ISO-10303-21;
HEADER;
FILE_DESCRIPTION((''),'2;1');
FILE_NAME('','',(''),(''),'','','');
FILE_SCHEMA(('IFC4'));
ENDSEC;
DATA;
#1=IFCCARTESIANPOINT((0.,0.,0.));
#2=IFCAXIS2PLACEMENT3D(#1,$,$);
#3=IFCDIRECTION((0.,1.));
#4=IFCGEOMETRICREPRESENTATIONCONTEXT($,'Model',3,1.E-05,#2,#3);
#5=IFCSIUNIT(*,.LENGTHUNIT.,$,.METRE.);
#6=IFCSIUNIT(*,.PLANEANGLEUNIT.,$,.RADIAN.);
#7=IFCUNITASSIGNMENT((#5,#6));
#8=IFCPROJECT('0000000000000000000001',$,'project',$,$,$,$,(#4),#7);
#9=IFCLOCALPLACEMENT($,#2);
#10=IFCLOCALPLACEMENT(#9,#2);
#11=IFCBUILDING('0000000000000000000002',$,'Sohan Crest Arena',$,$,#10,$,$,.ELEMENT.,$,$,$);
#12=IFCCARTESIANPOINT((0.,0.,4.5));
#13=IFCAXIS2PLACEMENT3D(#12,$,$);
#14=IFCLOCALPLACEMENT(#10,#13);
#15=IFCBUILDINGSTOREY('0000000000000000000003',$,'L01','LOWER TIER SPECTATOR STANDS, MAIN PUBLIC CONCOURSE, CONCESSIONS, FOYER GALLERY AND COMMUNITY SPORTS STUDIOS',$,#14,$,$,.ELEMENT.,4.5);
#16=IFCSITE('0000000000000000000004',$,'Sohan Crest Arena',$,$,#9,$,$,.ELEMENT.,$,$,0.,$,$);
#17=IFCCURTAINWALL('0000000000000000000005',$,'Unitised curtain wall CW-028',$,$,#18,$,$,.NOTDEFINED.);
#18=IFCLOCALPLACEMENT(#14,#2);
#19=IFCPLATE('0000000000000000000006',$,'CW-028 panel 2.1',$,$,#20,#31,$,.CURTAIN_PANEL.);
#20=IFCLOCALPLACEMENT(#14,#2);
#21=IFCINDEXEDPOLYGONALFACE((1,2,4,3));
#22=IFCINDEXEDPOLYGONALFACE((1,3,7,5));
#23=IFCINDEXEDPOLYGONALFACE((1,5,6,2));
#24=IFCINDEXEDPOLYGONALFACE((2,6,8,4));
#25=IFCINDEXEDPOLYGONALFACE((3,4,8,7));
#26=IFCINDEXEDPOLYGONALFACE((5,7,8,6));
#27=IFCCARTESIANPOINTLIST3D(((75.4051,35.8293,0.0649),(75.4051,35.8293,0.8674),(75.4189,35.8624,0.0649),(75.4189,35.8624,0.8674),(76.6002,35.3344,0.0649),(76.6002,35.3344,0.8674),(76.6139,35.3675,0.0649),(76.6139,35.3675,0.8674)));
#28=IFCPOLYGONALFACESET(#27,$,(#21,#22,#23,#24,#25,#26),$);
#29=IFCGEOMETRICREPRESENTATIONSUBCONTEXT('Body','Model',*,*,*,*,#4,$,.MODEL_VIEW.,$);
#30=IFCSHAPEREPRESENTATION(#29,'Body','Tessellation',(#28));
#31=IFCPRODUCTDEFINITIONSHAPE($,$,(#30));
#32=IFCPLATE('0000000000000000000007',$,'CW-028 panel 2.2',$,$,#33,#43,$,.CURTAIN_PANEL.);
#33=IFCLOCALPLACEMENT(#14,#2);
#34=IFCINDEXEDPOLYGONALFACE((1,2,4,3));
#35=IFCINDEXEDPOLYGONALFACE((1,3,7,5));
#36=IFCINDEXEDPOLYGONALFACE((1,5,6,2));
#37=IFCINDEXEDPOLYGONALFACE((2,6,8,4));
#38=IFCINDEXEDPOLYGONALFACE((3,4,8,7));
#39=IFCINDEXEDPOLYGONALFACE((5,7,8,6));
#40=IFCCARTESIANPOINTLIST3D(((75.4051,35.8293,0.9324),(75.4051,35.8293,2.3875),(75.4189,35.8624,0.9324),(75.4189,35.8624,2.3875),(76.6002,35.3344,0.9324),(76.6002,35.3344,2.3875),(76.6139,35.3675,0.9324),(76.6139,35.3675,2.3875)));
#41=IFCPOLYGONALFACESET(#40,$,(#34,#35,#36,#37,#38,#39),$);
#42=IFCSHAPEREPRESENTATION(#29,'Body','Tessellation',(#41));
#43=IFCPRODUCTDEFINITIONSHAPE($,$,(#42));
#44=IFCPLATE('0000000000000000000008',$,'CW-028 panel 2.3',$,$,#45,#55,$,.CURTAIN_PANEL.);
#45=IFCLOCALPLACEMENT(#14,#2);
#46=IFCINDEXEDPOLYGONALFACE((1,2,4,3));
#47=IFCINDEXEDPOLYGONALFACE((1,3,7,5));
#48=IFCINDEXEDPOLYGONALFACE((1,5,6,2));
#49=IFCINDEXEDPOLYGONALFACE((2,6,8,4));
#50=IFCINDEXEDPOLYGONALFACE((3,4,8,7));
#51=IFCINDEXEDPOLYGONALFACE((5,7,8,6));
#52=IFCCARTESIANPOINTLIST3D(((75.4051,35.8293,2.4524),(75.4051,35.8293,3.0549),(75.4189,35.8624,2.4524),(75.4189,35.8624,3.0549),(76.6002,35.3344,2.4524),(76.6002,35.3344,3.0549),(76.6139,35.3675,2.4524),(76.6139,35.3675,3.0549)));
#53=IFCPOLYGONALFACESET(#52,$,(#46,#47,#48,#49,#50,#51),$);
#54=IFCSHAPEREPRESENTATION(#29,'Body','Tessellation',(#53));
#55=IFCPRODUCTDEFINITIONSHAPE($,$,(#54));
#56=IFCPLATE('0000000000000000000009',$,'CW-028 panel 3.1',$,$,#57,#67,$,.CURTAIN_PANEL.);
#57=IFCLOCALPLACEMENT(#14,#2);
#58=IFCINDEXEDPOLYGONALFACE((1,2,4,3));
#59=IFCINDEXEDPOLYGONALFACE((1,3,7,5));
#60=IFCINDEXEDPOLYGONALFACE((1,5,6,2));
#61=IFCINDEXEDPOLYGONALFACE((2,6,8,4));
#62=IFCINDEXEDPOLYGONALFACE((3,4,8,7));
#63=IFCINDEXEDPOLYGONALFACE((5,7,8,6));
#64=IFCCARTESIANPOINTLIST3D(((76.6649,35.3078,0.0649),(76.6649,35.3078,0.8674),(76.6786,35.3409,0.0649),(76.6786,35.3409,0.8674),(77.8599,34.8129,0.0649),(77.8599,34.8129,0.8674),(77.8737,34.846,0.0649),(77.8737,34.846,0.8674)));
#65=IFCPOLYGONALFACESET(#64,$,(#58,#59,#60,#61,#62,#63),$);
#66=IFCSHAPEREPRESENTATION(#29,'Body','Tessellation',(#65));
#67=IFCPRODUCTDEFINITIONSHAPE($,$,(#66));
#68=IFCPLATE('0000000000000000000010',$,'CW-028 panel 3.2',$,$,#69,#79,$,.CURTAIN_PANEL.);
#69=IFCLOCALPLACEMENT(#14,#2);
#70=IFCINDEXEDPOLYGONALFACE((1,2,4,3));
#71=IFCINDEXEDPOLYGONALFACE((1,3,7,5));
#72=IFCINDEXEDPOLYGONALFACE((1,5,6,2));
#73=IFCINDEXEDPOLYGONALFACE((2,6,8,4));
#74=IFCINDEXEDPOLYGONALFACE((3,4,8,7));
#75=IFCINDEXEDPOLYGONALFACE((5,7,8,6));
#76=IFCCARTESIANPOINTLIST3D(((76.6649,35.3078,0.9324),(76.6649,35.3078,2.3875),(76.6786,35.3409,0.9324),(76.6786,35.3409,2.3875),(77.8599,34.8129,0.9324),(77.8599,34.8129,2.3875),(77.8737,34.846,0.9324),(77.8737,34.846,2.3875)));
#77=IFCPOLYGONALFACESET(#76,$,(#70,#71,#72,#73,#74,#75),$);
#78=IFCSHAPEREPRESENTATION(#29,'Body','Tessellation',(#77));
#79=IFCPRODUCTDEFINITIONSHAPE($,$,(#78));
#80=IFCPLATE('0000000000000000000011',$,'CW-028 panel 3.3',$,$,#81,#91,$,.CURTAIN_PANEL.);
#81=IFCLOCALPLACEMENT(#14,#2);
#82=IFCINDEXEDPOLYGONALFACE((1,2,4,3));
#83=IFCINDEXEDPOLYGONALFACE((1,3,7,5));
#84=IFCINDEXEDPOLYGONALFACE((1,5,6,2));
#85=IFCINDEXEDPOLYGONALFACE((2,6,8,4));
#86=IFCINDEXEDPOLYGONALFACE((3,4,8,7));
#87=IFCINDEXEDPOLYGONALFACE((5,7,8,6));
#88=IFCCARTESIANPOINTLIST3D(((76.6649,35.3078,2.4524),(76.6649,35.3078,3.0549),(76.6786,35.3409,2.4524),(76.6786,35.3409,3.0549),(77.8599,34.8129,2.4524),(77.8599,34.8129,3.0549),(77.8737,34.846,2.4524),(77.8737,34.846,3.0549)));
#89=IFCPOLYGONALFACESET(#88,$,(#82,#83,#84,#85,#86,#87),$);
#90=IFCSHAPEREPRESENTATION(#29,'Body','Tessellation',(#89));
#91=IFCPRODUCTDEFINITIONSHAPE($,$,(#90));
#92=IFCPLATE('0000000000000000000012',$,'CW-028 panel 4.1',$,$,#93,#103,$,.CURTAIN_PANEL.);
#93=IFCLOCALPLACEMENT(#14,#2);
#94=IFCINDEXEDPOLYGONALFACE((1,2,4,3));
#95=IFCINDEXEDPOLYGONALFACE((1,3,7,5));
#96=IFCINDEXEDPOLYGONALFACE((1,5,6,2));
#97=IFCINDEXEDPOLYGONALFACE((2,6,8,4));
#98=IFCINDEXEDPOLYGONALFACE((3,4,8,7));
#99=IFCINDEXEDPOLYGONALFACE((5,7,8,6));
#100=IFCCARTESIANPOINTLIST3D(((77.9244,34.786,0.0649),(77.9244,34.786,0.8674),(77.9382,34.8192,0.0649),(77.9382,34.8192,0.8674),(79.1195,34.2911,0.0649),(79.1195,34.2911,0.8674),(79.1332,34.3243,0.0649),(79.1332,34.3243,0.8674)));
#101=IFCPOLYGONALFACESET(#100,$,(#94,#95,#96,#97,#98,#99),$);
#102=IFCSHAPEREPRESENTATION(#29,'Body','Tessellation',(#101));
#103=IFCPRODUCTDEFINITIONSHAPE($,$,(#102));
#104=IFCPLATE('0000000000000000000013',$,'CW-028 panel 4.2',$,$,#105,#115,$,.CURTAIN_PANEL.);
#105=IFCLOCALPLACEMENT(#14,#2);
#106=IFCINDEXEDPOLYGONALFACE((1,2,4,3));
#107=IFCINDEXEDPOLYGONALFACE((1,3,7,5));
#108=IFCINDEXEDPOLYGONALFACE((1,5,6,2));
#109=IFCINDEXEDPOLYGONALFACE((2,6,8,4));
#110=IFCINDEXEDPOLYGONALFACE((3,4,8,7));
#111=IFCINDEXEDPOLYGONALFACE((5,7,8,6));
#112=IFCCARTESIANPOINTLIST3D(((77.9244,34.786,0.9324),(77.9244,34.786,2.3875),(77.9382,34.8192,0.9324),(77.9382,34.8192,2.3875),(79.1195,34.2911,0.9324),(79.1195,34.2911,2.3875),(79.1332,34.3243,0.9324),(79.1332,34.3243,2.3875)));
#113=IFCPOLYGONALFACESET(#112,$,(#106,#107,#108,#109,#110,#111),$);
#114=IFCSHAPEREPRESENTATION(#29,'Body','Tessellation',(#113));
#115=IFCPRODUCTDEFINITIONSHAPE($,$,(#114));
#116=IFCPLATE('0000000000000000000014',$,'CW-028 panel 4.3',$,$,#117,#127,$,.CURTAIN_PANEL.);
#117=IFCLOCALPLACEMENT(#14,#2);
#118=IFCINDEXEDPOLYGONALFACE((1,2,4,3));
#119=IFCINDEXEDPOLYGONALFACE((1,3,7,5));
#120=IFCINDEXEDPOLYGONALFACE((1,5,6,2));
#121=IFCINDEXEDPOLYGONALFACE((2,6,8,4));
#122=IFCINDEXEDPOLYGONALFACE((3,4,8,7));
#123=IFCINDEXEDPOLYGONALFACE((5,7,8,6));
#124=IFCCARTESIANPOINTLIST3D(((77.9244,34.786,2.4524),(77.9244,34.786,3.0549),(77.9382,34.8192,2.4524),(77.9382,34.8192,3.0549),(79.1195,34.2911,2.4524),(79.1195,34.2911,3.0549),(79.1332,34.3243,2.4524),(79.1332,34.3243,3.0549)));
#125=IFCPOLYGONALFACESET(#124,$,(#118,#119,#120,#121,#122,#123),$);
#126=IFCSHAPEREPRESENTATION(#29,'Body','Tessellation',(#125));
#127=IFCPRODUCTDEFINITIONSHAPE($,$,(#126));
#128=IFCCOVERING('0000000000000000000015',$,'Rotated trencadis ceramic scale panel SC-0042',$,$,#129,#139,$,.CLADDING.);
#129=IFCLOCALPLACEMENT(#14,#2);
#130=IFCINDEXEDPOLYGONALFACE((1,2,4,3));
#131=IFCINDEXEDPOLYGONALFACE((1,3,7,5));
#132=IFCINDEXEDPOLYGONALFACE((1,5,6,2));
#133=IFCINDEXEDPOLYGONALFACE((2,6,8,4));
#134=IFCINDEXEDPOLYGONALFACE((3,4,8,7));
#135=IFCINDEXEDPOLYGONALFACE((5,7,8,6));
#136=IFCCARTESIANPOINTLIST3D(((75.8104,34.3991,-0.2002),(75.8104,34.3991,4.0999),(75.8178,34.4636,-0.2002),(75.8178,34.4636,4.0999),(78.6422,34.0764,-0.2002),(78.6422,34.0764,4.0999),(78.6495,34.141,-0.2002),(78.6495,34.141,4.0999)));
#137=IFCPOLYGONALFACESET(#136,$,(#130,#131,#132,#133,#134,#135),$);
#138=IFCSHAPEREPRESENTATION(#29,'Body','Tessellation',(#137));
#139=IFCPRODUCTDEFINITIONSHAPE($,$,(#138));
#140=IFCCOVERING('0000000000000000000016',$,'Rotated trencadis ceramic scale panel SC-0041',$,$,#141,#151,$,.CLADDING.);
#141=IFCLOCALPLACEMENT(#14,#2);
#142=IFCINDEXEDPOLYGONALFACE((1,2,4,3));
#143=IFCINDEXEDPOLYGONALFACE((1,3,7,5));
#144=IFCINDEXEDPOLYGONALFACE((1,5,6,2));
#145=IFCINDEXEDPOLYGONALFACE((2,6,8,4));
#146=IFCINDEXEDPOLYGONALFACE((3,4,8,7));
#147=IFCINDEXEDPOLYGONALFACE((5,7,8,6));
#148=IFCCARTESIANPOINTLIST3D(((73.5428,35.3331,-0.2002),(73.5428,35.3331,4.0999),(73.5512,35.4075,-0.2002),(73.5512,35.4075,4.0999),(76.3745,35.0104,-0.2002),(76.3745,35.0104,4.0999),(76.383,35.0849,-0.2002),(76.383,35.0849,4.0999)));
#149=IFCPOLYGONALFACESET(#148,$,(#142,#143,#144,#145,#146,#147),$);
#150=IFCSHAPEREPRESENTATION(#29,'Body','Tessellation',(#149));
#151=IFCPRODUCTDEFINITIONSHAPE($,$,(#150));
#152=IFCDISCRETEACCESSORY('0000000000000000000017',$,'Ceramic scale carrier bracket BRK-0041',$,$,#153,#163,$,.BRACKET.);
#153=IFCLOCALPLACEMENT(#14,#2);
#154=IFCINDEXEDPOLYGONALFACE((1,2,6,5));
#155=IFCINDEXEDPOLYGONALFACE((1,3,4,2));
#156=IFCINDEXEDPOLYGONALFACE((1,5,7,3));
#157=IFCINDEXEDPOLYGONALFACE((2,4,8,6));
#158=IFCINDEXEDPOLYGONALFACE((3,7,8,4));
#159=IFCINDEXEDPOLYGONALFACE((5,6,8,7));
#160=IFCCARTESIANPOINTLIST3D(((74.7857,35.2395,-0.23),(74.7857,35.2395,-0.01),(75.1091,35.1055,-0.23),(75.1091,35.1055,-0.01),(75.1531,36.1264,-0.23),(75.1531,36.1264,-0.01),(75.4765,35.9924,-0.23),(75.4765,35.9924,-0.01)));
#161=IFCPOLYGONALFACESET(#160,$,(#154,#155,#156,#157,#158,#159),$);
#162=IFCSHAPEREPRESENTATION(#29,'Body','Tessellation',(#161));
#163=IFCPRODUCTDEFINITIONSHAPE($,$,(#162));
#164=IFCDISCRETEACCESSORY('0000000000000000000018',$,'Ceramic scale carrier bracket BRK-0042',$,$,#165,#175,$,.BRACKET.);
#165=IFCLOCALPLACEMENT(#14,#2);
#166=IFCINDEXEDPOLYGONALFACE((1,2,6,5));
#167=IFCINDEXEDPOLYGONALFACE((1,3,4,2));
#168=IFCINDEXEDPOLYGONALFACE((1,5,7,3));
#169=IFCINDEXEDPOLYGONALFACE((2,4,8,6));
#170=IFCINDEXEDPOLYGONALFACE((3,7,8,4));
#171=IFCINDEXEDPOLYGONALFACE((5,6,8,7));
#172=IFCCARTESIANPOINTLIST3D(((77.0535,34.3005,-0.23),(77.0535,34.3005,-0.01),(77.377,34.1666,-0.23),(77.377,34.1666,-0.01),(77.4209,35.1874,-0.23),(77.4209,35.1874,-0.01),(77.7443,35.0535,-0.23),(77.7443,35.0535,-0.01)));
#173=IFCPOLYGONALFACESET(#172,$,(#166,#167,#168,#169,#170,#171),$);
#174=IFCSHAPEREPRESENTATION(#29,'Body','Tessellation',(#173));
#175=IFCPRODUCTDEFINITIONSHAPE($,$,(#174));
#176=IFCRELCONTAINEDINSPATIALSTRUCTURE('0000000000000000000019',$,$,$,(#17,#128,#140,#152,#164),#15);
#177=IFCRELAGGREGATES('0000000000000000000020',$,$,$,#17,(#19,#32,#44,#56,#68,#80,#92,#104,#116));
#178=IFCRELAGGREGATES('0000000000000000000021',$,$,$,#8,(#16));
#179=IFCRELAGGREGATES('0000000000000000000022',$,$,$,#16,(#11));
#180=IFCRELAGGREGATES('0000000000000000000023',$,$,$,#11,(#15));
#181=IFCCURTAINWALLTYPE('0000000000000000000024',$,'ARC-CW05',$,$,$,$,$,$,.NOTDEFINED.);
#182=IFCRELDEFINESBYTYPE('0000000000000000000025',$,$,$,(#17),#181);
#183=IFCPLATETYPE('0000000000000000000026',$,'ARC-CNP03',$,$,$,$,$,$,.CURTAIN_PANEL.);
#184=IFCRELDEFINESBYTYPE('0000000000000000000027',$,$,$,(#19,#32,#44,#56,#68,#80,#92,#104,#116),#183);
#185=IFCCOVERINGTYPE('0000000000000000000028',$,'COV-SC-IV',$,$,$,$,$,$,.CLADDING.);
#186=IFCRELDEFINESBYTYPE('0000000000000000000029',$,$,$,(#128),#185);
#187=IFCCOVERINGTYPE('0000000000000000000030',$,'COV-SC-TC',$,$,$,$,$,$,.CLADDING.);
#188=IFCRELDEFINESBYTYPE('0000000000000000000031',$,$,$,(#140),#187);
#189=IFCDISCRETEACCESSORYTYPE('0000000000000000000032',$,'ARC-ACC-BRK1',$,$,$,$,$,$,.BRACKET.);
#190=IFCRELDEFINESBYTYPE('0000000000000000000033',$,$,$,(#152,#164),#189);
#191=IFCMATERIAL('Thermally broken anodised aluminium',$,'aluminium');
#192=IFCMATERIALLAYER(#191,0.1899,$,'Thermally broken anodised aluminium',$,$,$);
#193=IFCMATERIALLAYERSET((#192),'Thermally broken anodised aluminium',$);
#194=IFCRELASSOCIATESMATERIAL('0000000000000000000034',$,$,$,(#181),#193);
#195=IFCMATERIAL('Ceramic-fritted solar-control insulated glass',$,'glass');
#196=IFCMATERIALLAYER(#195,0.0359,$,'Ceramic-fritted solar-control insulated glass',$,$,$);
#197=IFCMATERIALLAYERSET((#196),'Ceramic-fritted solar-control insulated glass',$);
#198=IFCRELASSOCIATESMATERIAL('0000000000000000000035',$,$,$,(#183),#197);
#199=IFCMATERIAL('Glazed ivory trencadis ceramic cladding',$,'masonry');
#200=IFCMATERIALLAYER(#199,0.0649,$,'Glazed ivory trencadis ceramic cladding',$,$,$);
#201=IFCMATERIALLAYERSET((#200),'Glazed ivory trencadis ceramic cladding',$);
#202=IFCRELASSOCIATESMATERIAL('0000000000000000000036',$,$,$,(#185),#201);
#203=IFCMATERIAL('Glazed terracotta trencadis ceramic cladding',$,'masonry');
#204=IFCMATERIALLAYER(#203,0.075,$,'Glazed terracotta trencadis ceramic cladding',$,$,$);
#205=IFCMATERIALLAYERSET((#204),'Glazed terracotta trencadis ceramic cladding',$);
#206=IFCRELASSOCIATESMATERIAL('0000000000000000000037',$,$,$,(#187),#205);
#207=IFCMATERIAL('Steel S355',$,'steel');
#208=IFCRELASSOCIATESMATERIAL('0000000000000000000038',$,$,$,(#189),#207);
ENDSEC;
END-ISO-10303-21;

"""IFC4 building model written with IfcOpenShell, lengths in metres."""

from ifc_helpers import new_model, si_unit, direction, frame, origin, origin_2d, place, context, subcontext, project, spatial, rectangle, extrude, material, layer, layer_set, type_object, element, aggregate, save


model = new_model("IFC4")

# Units and contexts
model_context = context("Model", 3, precision=1e-05, world=origin(), true_north=direction((0.0, 1.0)))
body_context = subcontext(model_context, "Body", "Model", "MODEL_VIEW")
ifc_project = project(units=[si_unit("LENGTHUNIT", "METRE"), si_unit("PLANEANGLEUNIT", "RADIAN")], contexts=[model_context])

# Site, building, storey
site_placement = place(None, origin())
site = spatial("IfcSite", under=ifc_project, at=site_placement, Name="Sohan Crest Arena", CompositionType="ELEMENT", RefElevation=0.0)
building_placement = place(site_placement, origin())
building = spatial("IfcBuilding", under=site, at=building_placement, Name="Sohan Crest Arena", CompositionType="ELEMENT")
storey_placement = place(building_placement, frame((0.0, 0.0, 4.5)))
storey = spatial("IfcBuildingStorey", under=building, at=storey_placement, Name="L01", Description="LOWER TIER SPECTATOR STANDS, MAIN PUBLIC CONCOURSE, CONCESSIONS, FOYER GALLERY AND COMMUNITY SPORTS STUDIOS", CompositionType="ELEMENT", Elevation=4.5)

# Curtain wall
ifc_material_1 = material(Name="Thermally broken anodised aluminium", Category="aluminium")
ifc_layer_1 = layer(ifc_material_1, 0.1899, Name="Thermally broken anodised aluminium")
ifc_layer_set_1 = layer_set([ifc_layer_1], Name="Thermally broken anodised aluminium")
curtain_wall_type = type_object("IfcCurtainWallType", Name="ARC-CW05", PredefinedType="NOTDEFINED", material=ifc_layer_set_1)
curtain_wall_placement = place(storey_placement, origin())
curtain_wall = element("IfcCurtainWall", 1, at=curtain_wall_placement, inside=storey, type_object=curtain_wall_type, Name="Unitised curtain wall CW-028", PredefinedType="NOTDEFINED")

# Shared definitions
ifc_material_2 = material(Name="Steel S355", Category="steel")

# Plates
ifc_material_3 = material(Name="Ceramic-fritted solar-control insulated glass", Category="glass")
ifc_layer_2 = layer(ifc_material_3, 0.0359, Name="Ceramic-fritted solar-control insulated glass")
ifc_layer_set_2 = layer_set([ifc_layer_2], Name="Ceramic-fritted solar-control insulated glass")
plate_type = type_object("IfcPlateType", Name="ARC-CNP03", PredefinedType="CURTAIN_PANEL", material=ifc_layer_set_2)
plate_1_placement = place(storey_placement, frame((76.0095, 35.5984, 0.0649), z_axis=(0.0, 0.0, 1.0), x_axis=(0.923907, -0.382618, 0.0)))
plate_1 = element("IfcPlate", 2, at=plate_1_placement, type_object=plate_type, Name="CW-028 panel 2.1", PredefinedType="CURTAIN_PANEL", context=body_context, shape_type="SweptSolid", body=[
    extrude(rectangle(XDim=1.2935, YDim=0.0359, at=origin_2d()), origin(), (0.0, 0.0, 1.0), 0.8025),
])
plate_2_placement = place(storey_placement, frame((76.0095, 35.5984, 0.9324), z_axis=(0.0, 0.0, 1.0), x_axis=(0.923907, -0.382618, 0.0)))
plate_2 = element("IfcPlate", 3, at=plate_2_placement, type_object=plate_type, Name="CW-028 panel 2.2", PredefinedType="CURTAIN_PANEL", context=body_context, shape_type="SweptSolid", body=[
    extrude(rectangle(XDim=1.2935, YDim=0.0359, at=origin_2d()), origin(), (0.0, 0.0, 1.0), 1.4551),
])
plate_3_placement = place(storey_placement, frame((76.0095, 35.5984, 2.4524), z_axis=(0.0, 0.0, 1.0), x_axis=(0.923907, -0.382618, 0.0)))
plate_3 = element("IfcPlate", 4, at=plate_3_placement, type_object=plate_type, Name="CW-028 panel 2.3", PredefinedType="CURTAIN_PANEL", context=body_context, shape_type="SweptSolid", body=[
    extrude(rectangle(XDim=1.2935, YDim=0.0359, at=origin_2d()), origin(), (0.0, 0.0, 1.0), 0.6025),
])
plate_4_placement = place(storey_placement, frame((77.2693, 35.0769, 0.0649), z_axis=(0.0, 0.0, 1.0), x_axis=(0.923907, -0.382618, 0.0)))
plate_4 = element("IfcPlate", 5, at=plate_4_placement, type_object=plate_type, Name="CW-028 panel 3.1", PredefinedType="CURTAIN_PANEL", context=body_context, shape_type="SweptSolid", body=[
    extrude(rectangle(XDim=1.2935, YDim=0.0359, at=origin_2d()), origin(), (0.0, 0.0, 1.0), 0.8025),
])
plate_5_placement = place(storey_placement, frame((77.2693, 35.0769, 0.9324), z_axis=(0.0, 0.0, 1.0), x_axis=(0.923907, -0.382618, 0.0)))
plate_5 = element("IfcPlate", 6, at=plate_5_placement, type_object=plate_type, Name="CW-028 panel 3.2", PredefinedType="CURTAIN_PANEL", context=body_context, shape_type="SweptSolid", body=[
    extrude(rectangle(XDim=1.2935, YDim=0.0359, at=origin_2d()), origin(), (0.0, 0.0, 1.0), 1.4551),
])
plate_6_placement = place(storey_placement, frame((77.2693, 35.0769, 2.4524), z_axis=(0.0, 0.0, 1.0), x_axis=(0.923907, -0.382618, 0.0)))
plate_6 = element("IfcPlate", 7, at=plate_6_placement, type_object=plate_type, Name="CW-028 panel 3.3", PredefinedType="CURTAIN_PANEL", context=body_context, shape_type="SweptSolid", body=[
    extrude(rectangle(XDim=1.2935, YDim=0.0359, at=origin_2d()), origin(), (0.0, 0.0, 1.0), 0.6025),
])
plate_7_placement = place(storey_placement, frame((78.5288, 34.5552, 0.0649), z_axis=(0.0, 0.0, 1.0), x_axis=(0.923907, -0.382618, 0.0)))
plate_7 = element("IfcPlate", 8, at=plate_7_placement, type_object=plate_type, Name="CW-028 panel 4.1", PredefinedType="CURTAIN_PANEL", context=body_context, shape_type="SweptSolid", body=[
    extrude(rectangle(XDim=1.2935, YDim=0.0359, at=origin_2d()), origin(), (0.0, 0.0, 1.0), 0.8025),
])
plate_8_placement = place(storey_placement, frame((78.5288, 34.5552, 0.9324), z_axis=(0.0, 0.0, 1.0), x_axis=(0.923907, -0.382618, 0.0)))
plate_8 = element("IfcPlate", 9, at=plate_8_placement, type_object=plate_type, Name="CW-028 panel 4.2", PredefinedType="CURTAIN_PANEL", context=body_context, shape_type="SweptSolid", body=[
    extrude(rectangle(XDim=1.2935, YDim=0.0359, at=origin_2d()), origin(), (0.0, 0.0, 1.0), 1.4551),
])
plate_9_placement = place(storey_placement, frame((78.5288, 34.5552, 2.4524), z_axis=(0.0, 0.0, 1.0), x_axis=(0.923907, -0.382618, 0.0)))
plate_9 = element("IfcPlate", 10, at=plate_9_placement, type_object=plate_type, Name="CW-028 panel 4.3", PredefinedType="CURTAIN_PANEL", context=body_context, shape_type="SweptSolid", body=[
    extrude(rectangle(XDim=1.2935, YDim=0.0359, at=origin_2d()), origin(), (0.0, 0.0, 1.0), 0.6025),
])
aggregate(curtain_wall, [plate_1, plate_2, plate_3, plate_4, plate_5, plate_6, plate_7, plate_8, plate_9])

# Coverings
ifc_material_4 = material(Name="Glazed ivory trencadis ceramic cladding", Category="masonry")
ifc_layer_3 = layer(ifc_material_4, 0.0649, Name="Glazed ivory trencadis ceramic cladding")
ifc_layer_set_3 = layer_set([ifc_layer_3], Name="Glazed ivory trencadis ceramic cladding")
covering_type_1 = type_object("IfcCoveringType", Name="COV-SC-IV", PredefinedType="CLADDING", material=ifc_layer_set_3)
covering_1_placement = place(storey_placement, frame((77.23, 34.27, -0.2002), z_axis=(0.0, 0.0, 1.0), x_axis=(0.993572, -0.113203, 0.0)))
element("IfcCovering", 11, at=covering_1_placement, inside=storey, type_object=covering_type_1, Name="Rotated trencadis ceramic scale panel SC-0042", PredefinedType="CLADDING", context=body_context, shape_type="SweptSolid", body=[
    extrude(rectangle(XDim=2.8501, YDim=0.0649, at=origin_2d()), origin(), (0.0, 0.0, 1.0), 4.3),
])
ifc_material_5 = material(Name="Glazed terracotta trencadis ceramic cladding", Category="masonry")
ifc_layer_4 = layer(ifc_material_5, 0.075, Name="Glazed terracotta trencadis ceramic cladding")
ifc_layer_set_4 = layer_set([ifc_layer_4], Name="Glazed terracotta trencadis ceramic cladding")
covering_type_2 = type_object("IfcCoveringType", Name="COV-SC-TC", PredefinedType="CLADDING", material=ifc_layer_set_4)
covering_2_placement = place(storey_placement, frame((74.9629, 35.209, -0.2002), z_axis=(0.0, 0.0, 1.0), x_axis=(0.993572, -0.113203, 0.0)))
element("IfcCovering", 12, at=covering_2_placement, inside=storey, type_object=covering_type_2, Name="Rotated trencadis ceramic scale panel SC-0041", PredefinedType="CLADDING", context=body_context, shape_type="SweptSolid", body=[
    extrude(rectangle(XDim=2.8501, YDim=0.075, at=origin_2d()), origin(), (0.0, 0.0, 1.0), 4.3),
])

# Discrete accessories
discrete_accessory_type = type_object("IfcDiscreteAccessoryType", Name="ARC-ACC-BRK1", PredefinedType="BRACKET", material=ifc_material_2)
for number, where, z_axis, x_axis, name in (
    (13, (75.1311, 35.616, -0.23), (0.0, 0.0, 1.0), (0.92388, -0.382683, 0.0), "Ceramic scale carrier bracket BRK-0041"),
    (14, (77.3989, 34.677, -0.23), (0.0, 0.0, 1.0), (0.92388, -0.382683, 0.0), "Ceramic scale carrier bracket BRK-0042"),
):
    element("IfcDiscreteAccessory", number, at=place(storey_placement, frame(where, z_axis=z_axis, x_axis=x_axis)), inside=storey, type_object=discrete_accessory_type, Name=name, PredefinedType="BRACKET", context=body_context, shape_type="SweptSolid", body=[
        extrude(rectangle(XDim=0.3501, YDim=0.96, at=origin_2d()), origin(), (0.0, 0.0, 1.0), 0.22),
    ])

save(model, "model.ifc")
